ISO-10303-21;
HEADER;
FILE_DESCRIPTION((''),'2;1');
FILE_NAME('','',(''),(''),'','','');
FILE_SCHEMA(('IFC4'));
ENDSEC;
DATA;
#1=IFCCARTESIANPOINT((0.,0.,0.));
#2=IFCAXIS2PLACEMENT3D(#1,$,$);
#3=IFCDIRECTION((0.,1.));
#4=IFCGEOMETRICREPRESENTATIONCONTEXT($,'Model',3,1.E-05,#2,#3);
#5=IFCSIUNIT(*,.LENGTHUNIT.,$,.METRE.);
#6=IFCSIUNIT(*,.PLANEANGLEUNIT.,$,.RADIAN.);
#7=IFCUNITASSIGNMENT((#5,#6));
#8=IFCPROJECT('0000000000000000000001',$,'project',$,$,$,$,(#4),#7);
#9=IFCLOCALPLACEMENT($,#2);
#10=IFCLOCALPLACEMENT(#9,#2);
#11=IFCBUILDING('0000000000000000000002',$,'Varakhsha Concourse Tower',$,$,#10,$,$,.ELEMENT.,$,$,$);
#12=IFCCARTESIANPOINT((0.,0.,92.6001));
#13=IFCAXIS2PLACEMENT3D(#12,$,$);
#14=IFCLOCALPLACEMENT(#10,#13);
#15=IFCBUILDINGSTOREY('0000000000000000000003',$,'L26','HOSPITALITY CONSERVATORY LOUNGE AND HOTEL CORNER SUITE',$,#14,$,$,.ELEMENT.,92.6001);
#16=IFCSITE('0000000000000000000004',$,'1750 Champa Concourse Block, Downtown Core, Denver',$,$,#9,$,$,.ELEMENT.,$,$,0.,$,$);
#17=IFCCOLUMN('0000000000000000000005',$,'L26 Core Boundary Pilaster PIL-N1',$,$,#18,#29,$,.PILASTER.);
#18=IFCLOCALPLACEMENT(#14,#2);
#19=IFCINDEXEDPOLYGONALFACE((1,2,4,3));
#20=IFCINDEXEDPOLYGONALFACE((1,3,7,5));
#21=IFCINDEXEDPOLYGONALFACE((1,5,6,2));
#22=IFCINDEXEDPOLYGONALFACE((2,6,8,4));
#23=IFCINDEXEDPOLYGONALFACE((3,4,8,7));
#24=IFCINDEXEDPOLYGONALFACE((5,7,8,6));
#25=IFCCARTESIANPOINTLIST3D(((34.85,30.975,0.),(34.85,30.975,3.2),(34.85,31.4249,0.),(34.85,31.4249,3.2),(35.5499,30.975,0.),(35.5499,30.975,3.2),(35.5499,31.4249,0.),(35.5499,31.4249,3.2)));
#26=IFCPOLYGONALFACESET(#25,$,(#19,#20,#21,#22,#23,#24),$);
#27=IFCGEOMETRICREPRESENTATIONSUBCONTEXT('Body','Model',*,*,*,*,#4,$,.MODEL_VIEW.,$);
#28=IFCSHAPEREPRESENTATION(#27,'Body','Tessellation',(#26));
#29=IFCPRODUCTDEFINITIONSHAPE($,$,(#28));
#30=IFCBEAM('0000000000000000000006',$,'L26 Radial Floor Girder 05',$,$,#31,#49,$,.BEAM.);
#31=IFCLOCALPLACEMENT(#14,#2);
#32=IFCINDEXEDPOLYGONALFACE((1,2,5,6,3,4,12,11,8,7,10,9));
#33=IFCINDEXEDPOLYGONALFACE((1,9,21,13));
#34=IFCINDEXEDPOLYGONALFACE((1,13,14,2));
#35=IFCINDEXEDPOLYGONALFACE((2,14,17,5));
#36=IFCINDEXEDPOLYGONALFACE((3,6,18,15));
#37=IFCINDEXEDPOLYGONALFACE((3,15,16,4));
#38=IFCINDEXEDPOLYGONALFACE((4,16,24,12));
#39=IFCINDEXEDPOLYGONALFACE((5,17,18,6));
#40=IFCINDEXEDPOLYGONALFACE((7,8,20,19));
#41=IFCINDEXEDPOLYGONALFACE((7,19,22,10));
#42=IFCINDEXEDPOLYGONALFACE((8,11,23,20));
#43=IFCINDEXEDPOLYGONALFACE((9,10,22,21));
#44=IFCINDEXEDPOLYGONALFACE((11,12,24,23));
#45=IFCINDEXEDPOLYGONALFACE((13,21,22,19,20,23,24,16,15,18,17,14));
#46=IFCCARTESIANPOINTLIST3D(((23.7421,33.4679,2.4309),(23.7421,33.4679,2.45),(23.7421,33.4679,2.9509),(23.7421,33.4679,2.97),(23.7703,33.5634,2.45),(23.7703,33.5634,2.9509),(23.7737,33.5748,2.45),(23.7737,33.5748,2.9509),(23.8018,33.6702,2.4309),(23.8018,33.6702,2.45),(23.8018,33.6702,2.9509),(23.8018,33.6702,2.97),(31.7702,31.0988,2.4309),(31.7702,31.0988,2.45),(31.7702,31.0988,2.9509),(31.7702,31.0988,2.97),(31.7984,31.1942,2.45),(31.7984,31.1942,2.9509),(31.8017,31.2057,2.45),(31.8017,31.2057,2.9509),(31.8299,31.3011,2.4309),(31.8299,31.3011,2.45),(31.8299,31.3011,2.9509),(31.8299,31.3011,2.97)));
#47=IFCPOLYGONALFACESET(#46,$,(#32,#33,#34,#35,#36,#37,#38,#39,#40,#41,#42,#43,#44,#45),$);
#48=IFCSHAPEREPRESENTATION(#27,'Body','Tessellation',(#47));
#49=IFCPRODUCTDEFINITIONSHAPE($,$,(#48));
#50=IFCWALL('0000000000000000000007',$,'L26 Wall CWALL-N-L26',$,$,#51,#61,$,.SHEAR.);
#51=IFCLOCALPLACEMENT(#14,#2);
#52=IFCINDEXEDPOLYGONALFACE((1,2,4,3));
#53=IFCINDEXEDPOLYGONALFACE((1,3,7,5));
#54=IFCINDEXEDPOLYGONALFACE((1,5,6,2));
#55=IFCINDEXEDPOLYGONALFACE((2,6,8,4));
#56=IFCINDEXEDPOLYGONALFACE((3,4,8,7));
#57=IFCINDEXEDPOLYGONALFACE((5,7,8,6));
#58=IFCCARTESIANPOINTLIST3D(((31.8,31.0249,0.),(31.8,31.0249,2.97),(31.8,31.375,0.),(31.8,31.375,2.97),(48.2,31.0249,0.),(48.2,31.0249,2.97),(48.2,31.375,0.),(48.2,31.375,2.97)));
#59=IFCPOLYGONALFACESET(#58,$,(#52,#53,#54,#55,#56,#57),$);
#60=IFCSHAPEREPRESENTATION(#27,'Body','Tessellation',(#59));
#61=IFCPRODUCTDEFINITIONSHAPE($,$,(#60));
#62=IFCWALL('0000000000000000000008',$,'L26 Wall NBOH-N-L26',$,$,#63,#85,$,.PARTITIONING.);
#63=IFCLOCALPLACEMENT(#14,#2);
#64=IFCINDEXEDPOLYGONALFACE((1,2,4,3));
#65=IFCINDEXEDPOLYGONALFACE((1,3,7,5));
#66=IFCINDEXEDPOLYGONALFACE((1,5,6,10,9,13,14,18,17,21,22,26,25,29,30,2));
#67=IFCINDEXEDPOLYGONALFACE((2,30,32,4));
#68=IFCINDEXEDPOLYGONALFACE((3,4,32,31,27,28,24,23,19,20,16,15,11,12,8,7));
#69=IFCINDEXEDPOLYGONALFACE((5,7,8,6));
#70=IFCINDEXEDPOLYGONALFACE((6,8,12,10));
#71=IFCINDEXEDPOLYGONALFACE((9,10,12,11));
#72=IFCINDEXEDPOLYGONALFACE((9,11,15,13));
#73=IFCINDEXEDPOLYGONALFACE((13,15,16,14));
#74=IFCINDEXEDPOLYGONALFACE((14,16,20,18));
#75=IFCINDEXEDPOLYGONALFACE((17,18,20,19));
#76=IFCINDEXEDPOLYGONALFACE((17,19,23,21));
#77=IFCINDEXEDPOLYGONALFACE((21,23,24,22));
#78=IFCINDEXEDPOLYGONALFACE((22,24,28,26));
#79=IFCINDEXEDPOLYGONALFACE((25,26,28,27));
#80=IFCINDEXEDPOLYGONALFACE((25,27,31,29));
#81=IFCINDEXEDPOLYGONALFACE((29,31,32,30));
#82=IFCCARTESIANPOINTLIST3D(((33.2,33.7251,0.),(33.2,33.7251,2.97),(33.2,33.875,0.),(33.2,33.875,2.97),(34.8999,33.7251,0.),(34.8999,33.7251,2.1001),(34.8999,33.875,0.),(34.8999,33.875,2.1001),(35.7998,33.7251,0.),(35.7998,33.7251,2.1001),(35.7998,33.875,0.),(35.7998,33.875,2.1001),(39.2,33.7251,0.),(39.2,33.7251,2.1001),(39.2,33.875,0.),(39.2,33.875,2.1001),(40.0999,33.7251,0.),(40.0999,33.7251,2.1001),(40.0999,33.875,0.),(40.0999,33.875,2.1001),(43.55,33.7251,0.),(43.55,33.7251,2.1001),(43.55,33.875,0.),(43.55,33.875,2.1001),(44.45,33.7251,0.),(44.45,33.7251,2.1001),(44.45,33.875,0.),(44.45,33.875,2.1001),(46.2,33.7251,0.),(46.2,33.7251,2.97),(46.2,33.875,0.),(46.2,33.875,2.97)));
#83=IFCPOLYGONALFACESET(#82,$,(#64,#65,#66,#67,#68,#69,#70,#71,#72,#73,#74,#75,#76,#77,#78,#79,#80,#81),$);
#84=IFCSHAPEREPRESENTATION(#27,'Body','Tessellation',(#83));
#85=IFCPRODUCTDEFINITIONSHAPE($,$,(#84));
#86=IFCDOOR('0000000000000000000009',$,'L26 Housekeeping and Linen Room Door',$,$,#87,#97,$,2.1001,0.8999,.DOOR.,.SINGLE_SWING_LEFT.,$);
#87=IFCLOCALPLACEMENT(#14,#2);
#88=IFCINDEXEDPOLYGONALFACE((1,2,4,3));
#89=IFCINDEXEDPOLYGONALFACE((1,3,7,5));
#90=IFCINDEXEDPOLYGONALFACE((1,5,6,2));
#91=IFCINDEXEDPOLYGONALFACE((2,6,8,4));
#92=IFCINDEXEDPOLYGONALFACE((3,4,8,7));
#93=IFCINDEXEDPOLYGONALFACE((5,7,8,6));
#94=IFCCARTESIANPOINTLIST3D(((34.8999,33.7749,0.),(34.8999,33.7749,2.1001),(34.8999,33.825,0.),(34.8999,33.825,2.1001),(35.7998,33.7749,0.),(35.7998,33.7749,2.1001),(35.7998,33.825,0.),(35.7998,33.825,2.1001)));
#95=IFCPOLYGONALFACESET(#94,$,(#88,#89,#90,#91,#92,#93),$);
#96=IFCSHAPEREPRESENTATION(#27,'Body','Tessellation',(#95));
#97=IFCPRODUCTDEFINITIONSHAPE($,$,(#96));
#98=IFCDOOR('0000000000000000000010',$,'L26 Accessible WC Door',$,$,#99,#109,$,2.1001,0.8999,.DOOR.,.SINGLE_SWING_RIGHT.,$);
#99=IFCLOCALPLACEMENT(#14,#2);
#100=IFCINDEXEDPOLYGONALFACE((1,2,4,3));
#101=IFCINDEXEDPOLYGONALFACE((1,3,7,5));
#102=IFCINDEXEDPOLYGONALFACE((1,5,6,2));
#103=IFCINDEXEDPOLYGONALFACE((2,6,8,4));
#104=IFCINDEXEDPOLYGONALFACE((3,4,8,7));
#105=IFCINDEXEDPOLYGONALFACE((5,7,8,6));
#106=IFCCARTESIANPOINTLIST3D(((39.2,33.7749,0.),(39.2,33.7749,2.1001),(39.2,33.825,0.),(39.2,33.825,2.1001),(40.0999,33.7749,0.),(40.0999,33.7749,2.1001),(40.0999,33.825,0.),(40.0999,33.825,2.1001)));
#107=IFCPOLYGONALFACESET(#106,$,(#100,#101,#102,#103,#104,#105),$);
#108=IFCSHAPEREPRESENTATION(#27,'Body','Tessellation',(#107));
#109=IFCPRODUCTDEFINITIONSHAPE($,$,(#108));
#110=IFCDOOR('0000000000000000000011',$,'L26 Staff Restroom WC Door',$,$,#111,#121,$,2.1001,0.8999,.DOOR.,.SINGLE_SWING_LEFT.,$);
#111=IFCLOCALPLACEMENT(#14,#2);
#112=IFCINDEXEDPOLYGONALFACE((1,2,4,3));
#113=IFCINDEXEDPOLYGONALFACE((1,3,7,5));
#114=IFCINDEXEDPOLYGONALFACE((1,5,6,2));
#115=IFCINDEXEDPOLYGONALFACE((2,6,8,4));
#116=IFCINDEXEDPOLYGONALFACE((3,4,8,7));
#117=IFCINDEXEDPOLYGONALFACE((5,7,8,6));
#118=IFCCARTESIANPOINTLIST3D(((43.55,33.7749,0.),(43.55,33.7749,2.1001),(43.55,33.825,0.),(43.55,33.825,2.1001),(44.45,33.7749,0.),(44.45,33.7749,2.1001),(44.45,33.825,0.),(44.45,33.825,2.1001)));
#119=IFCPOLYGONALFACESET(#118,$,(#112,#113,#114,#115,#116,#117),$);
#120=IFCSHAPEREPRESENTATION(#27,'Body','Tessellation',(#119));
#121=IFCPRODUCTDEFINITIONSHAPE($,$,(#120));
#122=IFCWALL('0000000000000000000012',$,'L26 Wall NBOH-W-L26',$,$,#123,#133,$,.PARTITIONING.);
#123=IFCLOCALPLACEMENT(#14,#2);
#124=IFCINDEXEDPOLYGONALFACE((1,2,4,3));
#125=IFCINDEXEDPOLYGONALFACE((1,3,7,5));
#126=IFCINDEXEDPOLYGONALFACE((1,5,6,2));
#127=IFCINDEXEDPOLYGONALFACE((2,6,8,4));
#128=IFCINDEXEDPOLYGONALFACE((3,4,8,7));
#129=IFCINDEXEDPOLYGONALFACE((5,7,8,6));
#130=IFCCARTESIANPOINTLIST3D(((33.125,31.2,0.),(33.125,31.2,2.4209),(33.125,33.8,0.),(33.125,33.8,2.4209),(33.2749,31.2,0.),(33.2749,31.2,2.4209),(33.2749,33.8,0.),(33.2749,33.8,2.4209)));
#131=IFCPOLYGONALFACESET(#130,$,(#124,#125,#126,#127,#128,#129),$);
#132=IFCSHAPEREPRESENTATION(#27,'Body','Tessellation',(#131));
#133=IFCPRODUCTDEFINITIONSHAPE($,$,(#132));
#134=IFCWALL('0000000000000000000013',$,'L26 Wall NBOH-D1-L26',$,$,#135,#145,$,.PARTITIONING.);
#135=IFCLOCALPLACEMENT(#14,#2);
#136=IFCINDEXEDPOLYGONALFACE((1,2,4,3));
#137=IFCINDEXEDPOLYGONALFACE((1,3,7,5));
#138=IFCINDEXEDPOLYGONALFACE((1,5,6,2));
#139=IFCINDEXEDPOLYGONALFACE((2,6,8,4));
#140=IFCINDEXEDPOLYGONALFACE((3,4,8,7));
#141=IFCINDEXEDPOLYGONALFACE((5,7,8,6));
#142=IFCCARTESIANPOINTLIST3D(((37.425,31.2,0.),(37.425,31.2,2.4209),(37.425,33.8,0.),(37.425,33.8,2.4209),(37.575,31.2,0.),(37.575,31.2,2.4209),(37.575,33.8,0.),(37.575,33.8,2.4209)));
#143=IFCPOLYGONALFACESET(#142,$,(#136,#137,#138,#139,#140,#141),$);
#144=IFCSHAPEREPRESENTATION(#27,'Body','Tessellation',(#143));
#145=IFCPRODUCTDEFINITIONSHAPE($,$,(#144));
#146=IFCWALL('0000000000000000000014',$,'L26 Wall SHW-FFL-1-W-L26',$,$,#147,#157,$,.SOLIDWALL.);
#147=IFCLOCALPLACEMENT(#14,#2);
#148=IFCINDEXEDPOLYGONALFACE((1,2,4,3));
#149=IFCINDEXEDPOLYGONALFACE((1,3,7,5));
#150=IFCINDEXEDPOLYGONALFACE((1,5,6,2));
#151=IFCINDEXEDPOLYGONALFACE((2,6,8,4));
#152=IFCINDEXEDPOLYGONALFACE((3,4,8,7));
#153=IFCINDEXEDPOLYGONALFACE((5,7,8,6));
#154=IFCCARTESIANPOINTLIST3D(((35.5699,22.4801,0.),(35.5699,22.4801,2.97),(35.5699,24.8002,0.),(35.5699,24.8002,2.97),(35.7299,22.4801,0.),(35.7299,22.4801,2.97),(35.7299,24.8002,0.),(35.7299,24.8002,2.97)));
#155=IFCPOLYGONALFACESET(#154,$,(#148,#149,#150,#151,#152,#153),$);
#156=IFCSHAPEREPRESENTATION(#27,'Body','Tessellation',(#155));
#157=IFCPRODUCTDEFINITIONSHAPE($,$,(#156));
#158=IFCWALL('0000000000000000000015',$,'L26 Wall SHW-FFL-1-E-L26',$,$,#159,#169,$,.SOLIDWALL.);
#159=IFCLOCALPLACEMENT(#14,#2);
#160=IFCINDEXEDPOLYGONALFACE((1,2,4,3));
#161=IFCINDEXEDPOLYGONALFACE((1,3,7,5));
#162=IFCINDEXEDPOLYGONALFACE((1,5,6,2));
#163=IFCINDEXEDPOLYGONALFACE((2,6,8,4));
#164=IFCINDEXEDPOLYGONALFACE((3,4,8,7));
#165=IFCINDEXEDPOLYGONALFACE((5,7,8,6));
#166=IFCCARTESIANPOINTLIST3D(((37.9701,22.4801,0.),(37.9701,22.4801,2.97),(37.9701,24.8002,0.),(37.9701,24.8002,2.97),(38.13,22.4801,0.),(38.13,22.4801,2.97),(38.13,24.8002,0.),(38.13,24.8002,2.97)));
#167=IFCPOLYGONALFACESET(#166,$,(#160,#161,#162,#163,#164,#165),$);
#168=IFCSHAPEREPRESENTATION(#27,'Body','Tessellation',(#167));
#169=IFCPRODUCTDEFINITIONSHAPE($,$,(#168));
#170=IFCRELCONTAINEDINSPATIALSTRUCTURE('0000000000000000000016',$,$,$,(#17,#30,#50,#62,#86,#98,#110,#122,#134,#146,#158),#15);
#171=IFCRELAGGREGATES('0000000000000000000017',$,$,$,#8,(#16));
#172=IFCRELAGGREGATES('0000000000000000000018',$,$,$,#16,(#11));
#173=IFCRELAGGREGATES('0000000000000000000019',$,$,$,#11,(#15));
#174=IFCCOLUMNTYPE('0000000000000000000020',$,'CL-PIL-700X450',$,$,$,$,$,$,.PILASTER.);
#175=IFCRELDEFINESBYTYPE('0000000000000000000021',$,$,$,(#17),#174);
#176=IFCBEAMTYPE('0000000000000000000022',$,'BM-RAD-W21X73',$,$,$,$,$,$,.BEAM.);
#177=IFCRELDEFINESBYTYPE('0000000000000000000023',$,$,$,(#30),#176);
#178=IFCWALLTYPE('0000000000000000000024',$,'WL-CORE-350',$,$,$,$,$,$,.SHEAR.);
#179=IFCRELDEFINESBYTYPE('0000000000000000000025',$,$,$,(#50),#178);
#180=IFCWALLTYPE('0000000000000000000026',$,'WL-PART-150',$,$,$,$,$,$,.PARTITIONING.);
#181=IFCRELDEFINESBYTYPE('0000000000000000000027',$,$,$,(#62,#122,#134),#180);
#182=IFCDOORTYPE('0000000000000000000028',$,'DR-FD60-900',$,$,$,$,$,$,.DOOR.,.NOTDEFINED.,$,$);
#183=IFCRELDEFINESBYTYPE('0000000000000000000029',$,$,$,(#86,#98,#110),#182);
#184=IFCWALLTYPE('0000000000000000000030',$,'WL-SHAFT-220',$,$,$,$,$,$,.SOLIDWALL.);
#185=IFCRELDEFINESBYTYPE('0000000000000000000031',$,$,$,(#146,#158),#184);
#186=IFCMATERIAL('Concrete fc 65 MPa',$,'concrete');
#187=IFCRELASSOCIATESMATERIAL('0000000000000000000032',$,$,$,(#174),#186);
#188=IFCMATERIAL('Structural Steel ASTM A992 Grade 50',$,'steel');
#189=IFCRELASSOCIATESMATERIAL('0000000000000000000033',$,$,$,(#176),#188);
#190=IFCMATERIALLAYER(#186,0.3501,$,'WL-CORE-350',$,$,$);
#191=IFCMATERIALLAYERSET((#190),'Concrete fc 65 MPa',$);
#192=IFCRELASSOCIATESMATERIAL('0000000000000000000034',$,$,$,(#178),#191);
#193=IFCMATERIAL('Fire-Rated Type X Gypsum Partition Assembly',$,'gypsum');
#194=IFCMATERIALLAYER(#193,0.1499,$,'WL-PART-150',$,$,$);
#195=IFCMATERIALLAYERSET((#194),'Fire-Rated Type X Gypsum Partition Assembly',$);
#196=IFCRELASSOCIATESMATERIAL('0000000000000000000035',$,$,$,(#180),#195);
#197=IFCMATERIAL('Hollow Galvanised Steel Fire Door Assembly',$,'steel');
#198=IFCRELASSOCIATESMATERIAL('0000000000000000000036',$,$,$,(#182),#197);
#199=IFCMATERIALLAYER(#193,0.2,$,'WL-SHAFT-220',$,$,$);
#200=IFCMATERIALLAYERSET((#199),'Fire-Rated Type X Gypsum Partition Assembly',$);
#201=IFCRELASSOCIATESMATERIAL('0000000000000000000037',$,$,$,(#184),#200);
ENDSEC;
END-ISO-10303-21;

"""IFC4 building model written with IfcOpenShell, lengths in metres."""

from ifc_helpers import new_model, si_unit, direction, frame, frame_2d, origin, origin_2d, place, context, subcontext, project, spatial, rectangle, i_section, extrude, material, layer, layer_set, material_profile, profile_set, type_object, element, fill, save


model = new_model("IFC4")

# Units and contexts
model_context = context("Model", 3, precision=1e-05, world=origin(), true_north=direction((0.0, 1.0)))
body_context = subcontext(model_context, "Body", "Model", "MODEL_VIEW")
ifc_project = project(units=[si_unit("LENGTHUNIT", "METRE"), si_unit("PLANEANGLEUNIT", "RADIAN")], contexts=[model_context])

# Site, building, storey
site_placement = place(None, origin())
site = spatial("IfcSite", under=ifc_project, at=site_placement, Name="1750 Champa Concourse Block, Downtown Core, Denver", CompositionType="ELEMENT", RefElevation=0.0)
building_placement = place(site_placement, origin())
building = spatial("IfcBuilding", under=site, at=building_placement, Name="Varakhsha Concourse Tower", CompositionType="ELEMENT")
storey_placement = place(building_placement, frame((0.0, 0.0, 92.6001)))
storey = spatial("IfcBuildingStorey", under=building, at=storey_placement, Name="L26", Description="HOSPITALITY CONSERVATORY LOUNGE AND HOTEL CORNER SUITE", CompositionType="ELEMENT", Elevation=92.6001)

# Column
ifc_material_1 = material(Name="Concrete fc 65 MPa", Category="concrete")
ifc_material_profile_1 = material_profile(ifc_material_1, rectangle(XDim=0.7, YDim=0.45, at=origin_2d()), Name="RC 700x450")
ifc_profile_set_1 = profile_set([ifc_material_profile_1], Name="Concrete fc 65 MPa")
column_type = type_object("IfcColumnType", Name="CL-PIL-700X450", PredefinedType="PILASTER", material=ifc_profile_set_1)
column_placement = place(storey_placement, frame((35.2, 31.2, 0.0), z_axis=(0.0, 0.0, 1.0), x_axis=(1.0, 0.0, 0.0)))
element("IfcColumn", 1, at=column_placement, inside=storey, type_object=column_type, Name="L26 Core Boundary Pilaster PIL-N1", PredefinedType="PILASTER", context=body_context, shape_type="SweptSolid", body=[
    extrude(rectangle(XDim=0.7, YDim=0.45, at=origin_2d()), origin(), (0.0, 0.0, 1.0), 3.2),
])

# Beam
ifc_material_2 = material(Name="Structural Steel ASTM A992 Grade 50", Category="steel")
ifc_material_profile_2 = material_profile(ifc_material_2, i_section(OverallWidth=0.2109, OverallDepth=0.5391, WebThickness=0.012, FlangeThickness=0.019, at=origin_2d()), Name="W21X73")
ifc_profile_set_2 = profile_set([ifc_material_profile_2], Name="Structural Steel ASTM A992 Grade 50")
beam_type = type_object("IfcBeamType", Name="BM-RAD-W21X73", PredefinedType="BEAM", material=ifc_profile_set_2)
beam_placement = place(storey_placement, frame((31.8, 31.2, 2.7004), z_axis=(-0.959108, 0.283039, 0.0), x_axis=(-0.283039, -0.959108, 0.0)))
element("IfcBeam", 2, at=beam_placement, inside=storey, type_object=beam_type, Name="L26 Radial Floor Girder 05", PredefinedType="BEAM", context=body_context, shape_type="SweptSolid", body=[
    extrude(i_section(OverallWidth=0.2109, OverallDepth=0.5391, WebThickness=0.012, FlangeThickness=0.019, at=origin_2d()), origin(), (0.0, 0.0, 1.0), 8.3704),
])

# Wall
ifc_layer_1 = layer(ifc_material_1, 0.3501, Name="WL-CORE-350")
ifc_layer_set_1 = layer_set([ifc_layer_1], Name="Concrete fc 65 MPa")
wall_type_1 = type_object("IfcWallType", Name="WL-CORE-350", PredefinedType="SHEAR", material=ifc_layer_set_1)
wall_1_placement = place(storey_placement, frame((31.8, 31.2, 0.0), z_axis=(0.0, 0.0, 1.0), x_axis=(1.0, 0.0, 0.0)))
element("IfcWall", 3, at=wall_1_placement, inside=storey, type_object=wall_type_1, Name="L26 Wall CWALL-N-L26", PredefinedType="SHEAR", context=body_context, shape_type="SweptSolid", body=[
    extrude(rectangle(XDim=16.3999, YDim=0.3501, at=frame_2d((8.2, 0.0))), origin(), (0.0, 0.0, 1.0), 2.97),
])

# Wall, openings, doors
ifc_material_3 = material(Name="Fire-Rated Type X Gypsum Partition Assembly", Category="gypsum")
ifc_layer_2 = layer(ifc_material_3, 0.1499, Name="WL-PART-150")
ifc_layer_set_2 = layer_set([ifc_layer_2], Name="Fire-Rated Type X Gypsum Partition Assembly")
wall_type_2 = type_object("IfcWallType", Name="WL-PART-150", PredefinedType="PARTITIONING", material=ifc_layer_set_2)
wall_2_placement = place(storey_placement, frame((33.2, 33.8, 0.0), z_axis=(0.0, 0.0, 1.0), x_axis=(1.0, 0.0, 0.0)))
wall_2 = element("IfcWall", 4, at=wall_2_placement, inside=storey, type_object=wall_type_2, Name="L26 Wall NBOH-N-L26", PredefinedType="PARTITIONING", context=body_context, shape_type="SweptSolid", body=[
    extrude(rectangle(XDim=13.0, YDim=0.1499, at=frame_2d((6.5, 0.0))), origin(), (0.0, 0.0, 1.0), 2.97),
])
opening_1_placement = place(wall_2_placement, frame((1.7, 0.0, 0.0)))
opening_1 = element("IfcOpeningElement", 5, at=opening_1_placement, cuts=wall_2, PredefinedType="OPENING", context=body_context, shape_type="SweptSolid", body=[
    extrude(rectangle(XDim=0.8999, YDim=2.1001, at=frame_2d((0.45, 1.05))), frame((0.0, 0.085, 0.0), z_axis=(0.0, -1.0, 0.0), x_axis=(1.0, 0.0, 0.0)), (0.0, 0.0, 1.0), 0.1699),
])
opening_2_placement = place(wall_2_placement, frame((6.0, 0.0, 0.0)))
opening_2 = element("IfcOpeningElement", 6, at=opening_2_placement, cuts=wall_2, PredefinedType="OPENING", context=body_context, shape_type="SweptSolid", body=[
    extrude(rectangle(XDim=0.8999, YDim=2.1001, at=frame_2d((0.45, 1.05))), frame((0.0, 0.085, 0.0), z_axis=(0.0, -1.0, 0.0), x_axis=(1.0, 0.0, 0.0)), (0.0, 0.0, 1.0), 0.1699),
])
opening_3_placement = place(wall_2_placement, frame((10.3501, 0.0, 0.0)))
opening_3 = element("IfcOpeningElement", 7, at=opening_3_placement, cuts=wall_2, PredefinedType="OPENING", context=body_context, shape_type="SweptSolid", body=[
    extrude(rectangle(XDim=0.8999, YDim=2.1001, at=frame_2d((0.45, 1.05))), frame((0.0, 0.085, 0.0), z_axis=(0.0, -1.0, 0.0), x_axis=(1.0, 0.0, 0.0)), (0.0, 0.0, 1.0), 0.1699),
])
ifc_material_4 = material(Name="Hollow Galvanised Steel Fire Door Assembly", Category="steel")
door_type_1 = type_object("IfcDoorType", Name="DR-FD60-900", OperationType="NOTDEFINED", PredefinedType="DOOR", material=ifc_material_4)
door_1_placement = place(opening_1_placement, origin())
door_1 = element("IfcDoor", 8, at=door_1_placement, inside=storey, type_object=door_type_1, Name="L26 Housekeeping and Linen Room Door", OperationType="SINGLE_SWING_LEFT", OverallHeight=2.1001, OverallWidth=0.8999, PredefinedType="DOOR", context=body_context, shape_type="SweptSolid", body=[
    extrude(rectangle(XDim=0.8999, YDim=2.1001, at=frame_2d((0.45, 1.05))), frame((0.0, 0.0249, 0.0), z_axis=(0.0, -1.0, 0.0), x_axis=(1.0, 0.0, 0.0)), (0.0, 0.0, 1.0), 0.05),
])
fill(opening_1, door_1)
door_2_placement = place(opening_2_placement, origin())
door_2 = element("IfcDoor", 9, at=door_2_placement, inside=storey, type_object=door_type_1, Name="L26 Accessible WC Door", OperationType="SINGLE_SWING_RIGHT", OverallHeight=2.1001, OverallWidth=0.8999, PredefinedType="DOOR", context=body_context, shape_type="SweptSolid", body=[
    extrude(rectangle(XDim=0.8999, YDim=2.1001, at=frame_2d((0.45, 1.05))), frame((0.0, 0.0249, 0.0), z_axis=(0.0, -1.0, 0.0), x_axis=(1.0, 0.0, 0.0)), (0.0, 0.0, 1.0), 0.05),
])
fill(opening_2, door_2)
door_3_placement = place(opening_3_placement, origin())
door_3 = element("IfcDoor", 10, at=door_3_placement, inside=storey, type_object=door_type_1, Name="L26 Staff Restroom WC Door", OperationType="SINGLE_SWING_LEFT", OverallHeight=2.1001, OverallWidth=0.8999, PredefinedType="DOOR", context=body_context, shape_type="SweptSolid", body=[
    extrude(rectangle(XDim=0.8999, YDim=2.1001, at=frame_2d((0.45, 1.05))), frame((0.0, 0.0249, 0.0), z_axis=(0.0, -1.0, 0.0), x_axis=(1.0, 0.0, 0.0)), (0.0, 0.0, 1.0), 0.05),
])
fill(opening_3, door_3)

# Walls
for number, where, z_axis, x_axis, name in (
    (11, (33.2, 31.2, 0.0), (0.0, 0.0, 1.0), (0.0, 1.0, 0.0), "L26 Wall NBOH-W-L26"),
    (12, (37.5, 31.2, 0.0), (0.0, 0.0, 1.0), (0.0, 1.0, 0.0), "L26 Wall NBOH-D1-L26"),
):
    element("IfcWall", number, at=place(storey_placement, frame(where, z_axis=z_axis, x_axis=x_axis)), inside=storey, type_object=wall_type_2, Name=name, PredefinedType="PARTITIONING", context=body_context, shape_type="SweptSolid", body=[
        extrude(rectangle(XDim=2.6001, YDim=0.1499, at=frame_2d((1.3, 0.0))), origin(), (0.0, 0.0, 1.0), 2.4209),
    ])

# Shared definitions
ifc_layer_3 = layer(ifc_material_3, 0.2, Name="WL-SHAFT-220")
ifc_layer_set_3 = layer_set([ifc_layer_3], Name="Fire-Rated Type X Gypsum Partition Assembly")
wall_type_3 = type_object("IfcWallType", Name="WL-SHAFT-220", PredefinedType="SOLIDWALL", material=ifc_layer_set_3)

# Walls
for number, where, z_axis, x_axis, name in (
    (13, (35.6499, 22.48, 0.0), (0.0, 0.0, 1.0), (0.0, 1.0, 0.0), "L26 Wall SHW-FFL-1-W-L26"),
    (14, (38.05, 22.48, 0.0), (0.0, 0.0, 1.0), (0.0, 1.0, 0.0), "L26 Wall SHW-FFL-1-E-L26"),
):
    element("IfcWall", number, at=place(storey_placement, frame(where, z_axis=z_axis, x_axis=x_axis)), inside=storey, type_object=wall_type_3, Name=name, PredefinedType="SOLIDWALL", context=body_context, shape_type="SweptSolid", body=[
        extrude(rectangle(XDim=2.3201, YDim=0.1599, at=frame_2d((1.1602, 0.0))), origin(), (0.0, 0.0, 1.0), 2.97),
    ])

save(model, "model.ifc")
